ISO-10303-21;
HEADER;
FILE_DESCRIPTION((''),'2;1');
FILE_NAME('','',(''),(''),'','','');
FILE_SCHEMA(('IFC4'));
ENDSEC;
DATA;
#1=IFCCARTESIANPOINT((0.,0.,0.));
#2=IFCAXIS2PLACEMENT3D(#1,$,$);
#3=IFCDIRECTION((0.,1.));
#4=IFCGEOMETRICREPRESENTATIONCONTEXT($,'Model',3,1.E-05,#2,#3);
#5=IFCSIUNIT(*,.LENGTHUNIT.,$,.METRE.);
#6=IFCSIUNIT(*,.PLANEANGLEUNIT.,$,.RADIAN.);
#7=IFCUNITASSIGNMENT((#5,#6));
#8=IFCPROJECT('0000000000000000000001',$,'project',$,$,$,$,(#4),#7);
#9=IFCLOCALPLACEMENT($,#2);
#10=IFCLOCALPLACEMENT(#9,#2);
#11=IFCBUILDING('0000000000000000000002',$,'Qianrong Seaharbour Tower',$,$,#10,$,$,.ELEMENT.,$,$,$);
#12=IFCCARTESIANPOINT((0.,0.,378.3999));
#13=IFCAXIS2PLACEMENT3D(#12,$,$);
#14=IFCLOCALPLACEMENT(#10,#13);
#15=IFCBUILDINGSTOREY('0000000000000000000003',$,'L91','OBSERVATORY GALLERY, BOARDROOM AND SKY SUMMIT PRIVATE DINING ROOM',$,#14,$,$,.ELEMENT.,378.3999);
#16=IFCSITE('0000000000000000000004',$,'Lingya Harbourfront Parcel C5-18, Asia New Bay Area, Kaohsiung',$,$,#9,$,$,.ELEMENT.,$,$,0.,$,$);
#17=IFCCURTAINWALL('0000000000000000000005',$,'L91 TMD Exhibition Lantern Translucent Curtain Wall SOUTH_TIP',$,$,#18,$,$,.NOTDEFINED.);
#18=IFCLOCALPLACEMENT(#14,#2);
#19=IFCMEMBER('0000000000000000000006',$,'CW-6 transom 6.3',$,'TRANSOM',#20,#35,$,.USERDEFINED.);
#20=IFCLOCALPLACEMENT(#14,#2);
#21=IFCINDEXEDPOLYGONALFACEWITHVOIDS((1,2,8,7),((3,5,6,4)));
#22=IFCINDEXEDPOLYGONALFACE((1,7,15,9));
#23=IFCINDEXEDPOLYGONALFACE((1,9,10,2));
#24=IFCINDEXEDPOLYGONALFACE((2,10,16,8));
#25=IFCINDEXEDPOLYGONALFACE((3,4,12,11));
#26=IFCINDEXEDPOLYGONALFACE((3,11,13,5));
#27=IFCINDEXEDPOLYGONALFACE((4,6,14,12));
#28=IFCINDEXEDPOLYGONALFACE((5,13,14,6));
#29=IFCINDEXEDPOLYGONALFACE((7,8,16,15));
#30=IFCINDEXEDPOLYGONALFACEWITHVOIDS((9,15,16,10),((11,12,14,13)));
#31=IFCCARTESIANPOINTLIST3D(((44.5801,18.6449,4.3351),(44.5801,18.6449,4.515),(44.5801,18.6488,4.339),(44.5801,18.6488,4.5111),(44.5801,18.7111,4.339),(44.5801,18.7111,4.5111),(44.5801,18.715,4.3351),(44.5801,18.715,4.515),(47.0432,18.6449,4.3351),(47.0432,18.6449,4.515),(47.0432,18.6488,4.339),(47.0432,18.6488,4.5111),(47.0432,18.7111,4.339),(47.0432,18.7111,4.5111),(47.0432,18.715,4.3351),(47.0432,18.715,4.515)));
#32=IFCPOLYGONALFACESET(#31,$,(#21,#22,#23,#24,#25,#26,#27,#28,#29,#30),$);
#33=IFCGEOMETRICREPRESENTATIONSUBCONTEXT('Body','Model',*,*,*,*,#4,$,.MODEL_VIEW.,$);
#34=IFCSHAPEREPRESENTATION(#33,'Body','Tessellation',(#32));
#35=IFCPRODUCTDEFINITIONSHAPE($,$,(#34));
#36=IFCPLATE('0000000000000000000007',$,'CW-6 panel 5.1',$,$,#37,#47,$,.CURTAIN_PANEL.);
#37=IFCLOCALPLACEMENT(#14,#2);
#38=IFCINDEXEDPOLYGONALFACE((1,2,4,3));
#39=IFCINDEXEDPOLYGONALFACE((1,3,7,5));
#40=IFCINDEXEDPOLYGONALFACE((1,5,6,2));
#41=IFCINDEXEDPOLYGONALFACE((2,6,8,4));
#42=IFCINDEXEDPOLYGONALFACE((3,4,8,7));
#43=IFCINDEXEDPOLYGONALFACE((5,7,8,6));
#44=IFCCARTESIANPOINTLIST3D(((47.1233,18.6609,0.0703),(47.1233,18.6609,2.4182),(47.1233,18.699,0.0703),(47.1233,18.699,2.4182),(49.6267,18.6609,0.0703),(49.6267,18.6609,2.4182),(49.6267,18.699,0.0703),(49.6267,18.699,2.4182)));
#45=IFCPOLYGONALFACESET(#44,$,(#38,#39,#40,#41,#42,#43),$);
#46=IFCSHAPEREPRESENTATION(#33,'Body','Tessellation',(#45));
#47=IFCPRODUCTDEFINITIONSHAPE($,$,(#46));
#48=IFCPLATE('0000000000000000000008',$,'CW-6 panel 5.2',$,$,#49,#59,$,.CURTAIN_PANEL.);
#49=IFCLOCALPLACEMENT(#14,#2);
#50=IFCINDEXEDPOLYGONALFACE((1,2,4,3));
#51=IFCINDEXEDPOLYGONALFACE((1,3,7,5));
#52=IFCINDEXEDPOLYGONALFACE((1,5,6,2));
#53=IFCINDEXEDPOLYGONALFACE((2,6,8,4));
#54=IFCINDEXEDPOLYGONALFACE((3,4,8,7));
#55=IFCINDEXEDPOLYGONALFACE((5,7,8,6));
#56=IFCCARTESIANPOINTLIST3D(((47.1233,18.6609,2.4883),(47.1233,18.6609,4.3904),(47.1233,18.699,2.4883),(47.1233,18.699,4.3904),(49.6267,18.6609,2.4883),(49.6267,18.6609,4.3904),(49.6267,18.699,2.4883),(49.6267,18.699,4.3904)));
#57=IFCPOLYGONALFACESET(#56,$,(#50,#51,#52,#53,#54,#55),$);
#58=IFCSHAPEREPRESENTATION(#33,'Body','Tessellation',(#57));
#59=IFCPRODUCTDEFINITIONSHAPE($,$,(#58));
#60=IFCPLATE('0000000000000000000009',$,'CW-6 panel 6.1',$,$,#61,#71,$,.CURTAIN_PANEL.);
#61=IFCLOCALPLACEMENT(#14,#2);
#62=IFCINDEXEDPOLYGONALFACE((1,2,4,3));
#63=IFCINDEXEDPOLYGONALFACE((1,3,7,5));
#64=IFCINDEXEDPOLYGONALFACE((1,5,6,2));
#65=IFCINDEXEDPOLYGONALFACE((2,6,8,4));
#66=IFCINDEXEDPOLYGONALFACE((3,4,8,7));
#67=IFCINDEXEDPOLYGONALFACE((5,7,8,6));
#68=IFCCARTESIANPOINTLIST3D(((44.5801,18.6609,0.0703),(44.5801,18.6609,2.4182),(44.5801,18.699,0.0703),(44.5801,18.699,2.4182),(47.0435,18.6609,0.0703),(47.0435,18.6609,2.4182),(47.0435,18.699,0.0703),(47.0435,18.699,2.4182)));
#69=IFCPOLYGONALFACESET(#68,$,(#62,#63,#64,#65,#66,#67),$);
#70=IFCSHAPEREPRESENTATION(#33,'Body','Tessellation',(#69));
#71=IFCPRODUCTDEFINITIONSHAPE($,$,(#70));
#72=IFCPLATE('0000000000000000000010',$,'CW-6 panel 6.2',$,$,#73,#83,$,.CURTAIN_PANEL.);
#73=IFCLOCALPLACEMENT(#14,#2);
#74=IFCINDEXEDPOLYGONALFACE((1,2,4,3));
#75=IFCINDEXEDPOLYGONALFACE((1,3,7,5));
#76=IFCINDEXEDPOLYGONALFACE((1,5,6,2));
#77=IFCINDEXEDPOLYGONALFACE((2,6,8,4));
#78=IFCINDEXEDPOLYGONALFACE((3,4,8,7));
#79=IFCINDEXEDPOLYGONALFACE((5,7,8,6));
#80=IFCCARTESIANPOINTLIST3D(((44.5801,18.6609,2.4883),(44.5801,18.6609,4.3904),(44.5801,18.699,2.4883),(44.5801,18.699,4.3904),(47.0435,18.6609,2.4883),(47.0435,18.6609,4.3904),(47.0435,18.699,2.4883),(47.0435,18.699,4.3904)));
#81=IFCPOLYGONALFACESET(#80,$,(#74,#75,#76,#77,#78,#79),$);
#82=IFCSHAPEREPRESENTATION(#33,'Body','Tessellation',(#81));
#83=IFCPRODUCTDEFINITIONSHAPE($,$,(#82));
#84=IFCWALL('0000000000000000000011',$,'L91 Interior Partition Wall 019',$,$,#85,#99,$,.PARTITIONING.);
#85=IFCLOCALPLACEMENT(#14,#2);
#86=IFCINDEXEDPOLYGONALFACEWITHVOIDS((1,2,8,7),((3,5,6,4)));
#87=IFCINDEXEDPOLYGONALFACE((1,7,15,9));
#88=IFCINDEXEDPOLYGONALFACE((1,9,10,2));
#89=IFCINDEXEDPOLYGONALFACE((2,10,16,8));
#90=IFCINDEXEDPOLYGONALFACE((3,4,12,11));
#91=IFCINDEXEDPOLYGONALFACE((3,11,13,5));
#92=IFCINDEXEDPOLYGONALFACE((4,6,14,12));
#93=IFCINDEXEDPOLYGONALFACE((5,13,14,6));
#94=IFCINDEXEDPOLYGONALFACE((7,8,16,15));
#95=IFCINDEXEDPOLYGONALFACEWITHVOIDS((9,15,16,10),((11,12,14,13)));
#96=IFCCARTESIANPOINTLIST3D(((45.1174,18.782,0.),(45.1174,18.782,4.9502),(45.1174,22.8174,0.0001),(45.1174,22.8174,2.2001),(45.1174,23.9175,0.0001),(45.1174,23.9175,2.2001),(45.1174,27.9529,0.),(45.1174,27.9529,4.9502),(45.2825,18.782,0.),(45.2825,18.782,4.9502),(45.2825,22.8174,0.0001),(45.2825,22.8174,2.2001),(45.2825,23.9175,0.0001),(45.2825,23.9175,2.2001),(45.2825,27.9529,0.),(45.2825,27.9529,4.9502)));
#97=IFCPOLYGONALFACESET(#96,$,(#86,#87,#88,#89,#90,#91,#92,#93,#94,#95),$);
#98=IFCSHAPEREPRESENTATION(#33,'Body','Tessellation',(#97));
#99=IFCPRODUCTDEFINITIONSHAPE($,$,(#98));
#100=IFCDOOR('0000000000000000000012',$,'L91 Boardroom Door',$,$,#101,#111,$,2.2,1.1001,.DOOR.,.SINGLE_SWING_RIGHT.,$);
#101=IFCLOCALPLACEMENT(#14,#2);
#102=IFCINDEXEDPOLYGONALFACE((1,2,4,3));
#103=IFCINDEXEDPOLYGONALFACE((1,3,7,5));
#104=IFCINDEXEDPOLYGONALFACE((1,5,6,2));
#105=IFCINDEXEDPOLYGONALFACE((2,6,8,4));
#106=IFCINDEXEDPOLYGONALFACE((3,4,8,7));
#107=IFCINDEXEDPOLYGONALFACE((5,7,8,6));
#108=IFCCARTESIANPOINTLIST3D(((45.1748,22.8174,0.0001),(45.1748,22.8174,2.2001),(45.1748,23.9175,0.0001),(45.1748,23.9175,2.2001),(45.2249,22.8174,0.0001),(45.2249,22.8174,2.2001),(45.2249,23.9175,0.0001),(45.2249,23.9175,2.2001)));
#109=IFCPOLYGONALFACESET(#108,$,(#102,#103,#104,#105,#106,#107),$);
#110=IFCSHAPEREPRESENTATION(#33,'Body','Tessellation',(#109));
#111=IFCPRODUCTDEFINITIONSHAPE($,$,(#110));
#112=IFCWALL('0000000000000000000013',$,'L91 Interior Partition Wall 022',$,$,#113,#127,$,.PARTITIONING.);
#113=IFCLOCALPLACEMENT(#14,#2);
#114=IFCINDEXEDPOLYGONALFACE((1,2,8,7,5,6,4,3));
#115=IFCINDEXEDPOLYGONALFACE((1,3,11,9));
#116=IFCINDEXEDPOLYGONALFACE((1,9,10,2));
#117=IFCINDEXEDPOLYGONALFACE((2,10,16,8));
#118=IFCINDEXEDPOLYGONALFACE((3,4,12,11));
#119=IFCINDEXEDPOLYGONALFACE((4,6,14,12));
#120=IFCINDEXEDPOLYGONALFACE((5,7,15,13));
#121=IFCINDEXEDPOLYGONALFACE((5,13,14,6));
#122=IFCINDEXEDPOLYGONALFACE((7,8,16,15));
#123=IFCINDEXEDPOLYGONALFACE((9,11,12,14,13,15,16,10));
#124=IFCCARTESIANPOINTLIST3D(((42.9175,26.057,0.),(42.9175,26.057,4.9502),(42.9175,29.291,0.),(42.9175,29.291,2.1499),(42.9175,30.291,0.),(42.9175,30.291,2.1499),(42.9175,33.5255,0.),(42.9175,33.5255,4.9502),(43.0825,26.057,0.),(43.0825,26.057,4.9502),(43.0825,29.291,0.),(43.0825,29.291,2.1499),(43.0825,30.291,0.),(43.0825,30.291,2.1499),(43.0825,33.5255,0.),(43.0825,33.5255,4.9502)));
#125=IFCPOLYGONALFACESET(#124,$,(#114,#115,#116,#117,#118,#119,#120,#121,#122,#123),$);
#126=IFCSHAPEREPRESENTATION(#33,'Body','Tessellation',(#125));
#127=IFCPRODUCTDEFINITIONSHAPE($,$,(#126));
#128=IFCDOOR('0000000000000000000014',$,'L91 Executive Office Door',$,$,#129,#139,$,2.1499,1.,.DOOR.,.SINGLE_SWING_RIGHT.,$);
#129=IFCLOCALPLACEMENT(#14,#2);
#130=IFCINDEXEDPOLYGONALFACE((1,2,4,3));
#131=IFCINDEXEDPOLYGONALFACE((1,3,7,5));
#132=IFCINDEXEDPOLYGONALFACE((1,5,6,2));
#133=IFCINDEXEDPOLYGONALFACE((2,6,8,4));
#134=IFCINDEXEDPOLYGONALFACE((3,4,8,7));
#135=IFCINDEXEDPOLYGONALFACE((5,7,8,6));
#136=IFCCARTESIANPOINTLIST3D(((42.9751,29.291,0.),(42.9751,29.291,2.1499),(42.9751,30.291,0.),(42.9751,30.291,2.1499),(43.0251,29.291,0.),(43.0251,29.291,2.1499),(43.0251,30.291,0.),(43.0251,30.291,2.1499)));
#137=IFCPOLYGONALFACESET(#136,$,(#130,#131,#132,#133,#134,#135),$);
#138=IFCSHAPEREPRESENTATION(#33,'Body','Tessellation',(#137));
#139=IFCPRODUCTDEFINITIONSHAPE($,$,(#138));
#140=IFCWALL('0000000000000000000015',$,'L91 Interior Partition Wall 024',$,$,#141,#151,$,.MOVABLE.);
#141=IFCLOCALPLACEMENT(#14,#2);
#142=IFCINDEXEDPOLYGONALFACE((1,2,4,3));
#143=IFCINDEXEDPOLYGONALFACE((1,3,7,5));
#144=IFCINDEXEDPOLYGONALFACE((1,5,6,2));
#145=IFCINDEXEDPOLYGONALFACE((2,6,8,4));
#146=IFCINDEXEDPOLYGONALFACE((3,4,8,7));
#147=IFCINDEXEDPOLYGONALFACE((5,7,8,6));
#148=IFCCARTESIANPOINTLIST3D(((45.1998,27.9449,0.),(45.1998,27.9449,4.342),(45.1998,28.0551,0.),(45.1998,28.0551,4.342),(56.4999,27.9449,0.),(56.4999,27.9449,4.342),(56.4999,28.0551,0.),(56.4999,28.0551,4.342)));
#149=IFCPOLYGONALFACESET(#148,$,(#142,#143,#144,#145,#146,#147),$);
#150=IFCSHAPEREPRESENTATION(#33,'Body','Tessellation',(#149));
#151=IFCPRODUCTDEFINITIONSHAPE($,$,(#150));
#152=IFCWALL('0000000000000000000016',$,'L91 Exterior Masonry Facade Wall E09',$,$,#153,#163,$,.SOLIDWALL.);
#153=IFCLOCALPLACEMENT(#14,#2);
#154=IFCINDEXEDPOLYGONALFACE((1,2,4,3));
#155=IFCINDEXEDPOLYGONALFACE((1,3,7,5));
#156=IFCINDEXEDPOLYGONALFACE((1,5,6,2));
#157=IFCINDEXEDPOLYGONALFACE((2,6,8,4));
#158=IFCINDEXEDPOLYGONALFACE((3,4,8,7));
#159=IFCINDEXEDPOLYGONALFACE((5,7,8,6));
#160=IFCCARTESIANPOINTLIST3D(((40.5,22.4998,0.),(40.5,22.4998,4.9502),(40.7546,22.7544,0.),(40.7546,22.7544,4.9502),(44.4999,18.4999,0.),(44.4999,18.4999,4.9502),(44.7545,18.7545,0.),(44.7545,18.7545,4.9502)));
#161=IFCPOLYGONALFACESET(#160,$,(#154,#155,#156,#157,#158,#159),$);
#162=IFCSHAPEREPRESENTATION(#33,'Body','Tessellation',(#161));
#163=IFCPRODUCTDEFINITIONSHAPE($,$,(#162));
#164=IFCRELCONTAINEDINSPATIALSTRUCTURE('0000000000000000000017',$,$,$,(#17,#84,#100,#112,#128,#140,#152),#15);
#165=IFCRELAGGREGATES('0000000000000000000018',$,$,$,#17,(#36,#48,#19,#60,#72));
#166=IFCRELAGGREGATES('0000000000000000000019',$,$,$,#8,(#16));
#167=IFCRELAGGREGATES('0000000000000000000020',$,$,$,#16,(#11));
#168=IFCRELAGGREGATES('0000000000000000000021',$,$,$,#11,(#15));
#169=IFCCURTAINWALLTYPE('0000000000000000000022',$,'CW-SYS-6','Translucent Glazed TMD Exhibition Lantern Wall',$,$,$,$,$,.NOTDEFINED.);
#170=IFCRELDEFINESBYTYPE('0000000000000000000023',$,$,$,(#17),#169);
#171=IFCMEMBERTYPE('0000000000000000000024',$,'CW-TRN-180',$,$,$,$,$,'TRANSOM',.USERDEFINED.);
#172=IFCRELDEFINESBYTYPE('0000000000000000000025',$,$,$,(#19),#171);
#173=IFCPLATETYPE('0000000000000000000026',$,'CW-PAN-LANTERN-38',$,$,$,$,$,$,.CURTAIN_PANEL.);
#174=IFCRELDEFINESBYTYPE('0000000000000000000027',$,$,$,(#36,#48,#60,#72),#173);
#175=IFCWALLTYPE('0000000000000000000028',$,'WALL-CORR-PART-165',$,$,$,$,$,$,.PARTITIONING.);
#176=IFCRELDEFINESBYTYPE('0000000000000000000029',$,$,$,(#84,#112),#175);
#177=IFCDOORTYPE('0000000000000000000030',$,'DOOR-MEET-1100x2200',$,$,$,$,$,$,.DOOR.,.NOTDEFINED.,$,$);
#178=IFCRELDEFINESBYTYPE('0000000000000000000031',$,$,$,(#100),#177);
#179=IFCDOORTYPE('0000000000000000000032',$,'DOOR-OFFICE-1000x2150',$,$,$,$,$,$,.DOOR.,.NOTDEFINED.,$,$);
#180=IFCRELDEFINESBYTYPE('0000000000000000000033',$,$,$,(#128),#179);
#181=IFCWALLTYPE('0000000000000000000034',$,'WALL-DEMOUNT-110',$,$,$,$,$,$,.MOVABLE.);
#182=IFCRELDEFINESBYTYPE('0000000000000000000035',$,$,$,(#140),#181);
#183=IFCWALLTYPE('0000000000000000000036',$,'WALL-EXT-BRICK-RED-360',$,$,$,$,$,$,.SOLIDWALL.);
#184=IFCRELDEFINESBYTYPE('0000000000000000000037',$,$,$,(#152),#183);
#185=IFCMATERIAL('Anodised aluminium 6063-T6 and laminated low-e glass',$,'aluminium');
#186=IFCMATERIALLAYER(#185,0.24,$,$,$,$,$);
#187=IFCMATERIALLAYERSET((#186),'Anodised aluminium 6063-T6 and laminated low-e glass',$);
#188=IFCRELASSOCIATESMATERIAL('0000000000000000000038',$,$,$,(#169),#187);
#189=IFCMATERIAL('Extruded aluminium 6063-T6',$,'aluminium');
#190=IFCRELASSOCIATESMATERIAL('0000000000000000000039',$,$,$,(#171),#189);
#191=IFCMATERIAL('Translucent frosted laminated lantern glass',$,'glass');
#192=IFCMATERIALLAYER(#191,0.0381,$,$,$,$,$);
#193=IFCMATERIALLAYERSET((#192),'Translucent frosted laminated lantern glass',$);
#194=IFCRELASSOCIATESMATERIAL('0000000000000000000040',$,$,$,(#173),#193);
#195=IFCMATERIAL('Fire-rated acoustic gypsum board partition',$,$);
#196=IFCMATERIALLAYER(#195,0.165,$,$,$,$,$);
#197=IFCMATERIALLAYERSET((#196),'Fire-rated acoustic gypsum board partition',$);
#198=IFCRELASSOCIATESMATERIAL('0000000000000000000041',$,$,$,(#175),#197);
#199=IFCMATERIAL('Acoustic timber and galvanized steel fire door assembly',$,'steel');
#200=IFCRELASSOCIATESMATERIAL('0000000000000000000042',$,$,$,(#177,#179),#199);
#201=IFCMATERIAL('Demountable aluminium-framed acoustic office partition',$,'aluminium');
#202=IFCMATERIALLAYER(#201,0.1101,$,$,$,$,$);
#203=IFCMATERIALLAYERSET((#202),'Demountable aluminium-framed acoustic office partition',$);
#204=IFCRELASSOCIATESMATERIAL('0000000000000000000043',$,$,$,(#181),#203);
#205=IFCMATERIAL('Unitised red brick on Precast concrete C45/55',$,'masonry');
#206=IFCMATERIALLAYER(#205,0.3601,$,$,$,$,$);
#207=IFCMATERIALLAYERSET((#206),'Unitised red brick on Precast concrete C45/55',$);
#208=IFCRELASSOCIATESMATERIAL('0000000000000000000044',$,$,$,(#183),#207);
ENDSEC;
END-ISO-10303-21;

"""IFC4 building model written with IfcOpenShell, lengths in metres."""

from ifc_helpers import new_model, si_unit, direction, frame, frame_2d, origin, origin_2d, place, context, subcontext, project, spatial, rectangle, hollow_rectangle, extrude, material, layer, layer_set, material_profile, profile_set, type_object, element, fill, aggregate, save


model = new_model("IFC4")

# Units and contexts
model_context = context("Model", 3, precision=1e-05, world=origin(), true_north=direction((0.0, 1.0)))
body_context = subcontext(model_context, "Body", "Model", "MODEL_VIEW")
ifc_project = project(units=[si_unit("LENGTHUNIT", "METRE"), si_unit("PLANEANGLEUNIT", "RADIAN")], contexts=[model_context])

# Site, building, storey
site_placement = place(None, origin())
site = spatial("IfcSite", under=ifc_project, at=site_placement, Name="Lingya Harbourfront Parcel C5-18, Asia New Bay Area, Kaohsiung", CompositionType="ELEMENT", RefElevation=0.0)
building_placement = place(site_placement, origin())
building = spatial("IfcBuilding", under=site, at=building_placement, Name="Qianrong Seaharbour Tower", CompositionType="ELEMENT")
storey_placement = place(building_placement, frame((0.0, 0.0, 378.3999)))
storey = spatial("IfcBuildingStorey", under=building, at=storey_placement, Name="L91", Description="OBSERVATORY GALLERY, BOARDROOM AND SKY SUMMIT PRIVATE DINING ROOM", CompositionType="ELEMENT", Elevation=378.3999)

# Curtain wall, member, plates
ifc_material_1 = material(Name="Anodised aluminium 6063-T6 and laminated low-e glass", Category="aluminium")
ifc_layer_1 = layer(ifc_material_1, 0.24)
ifc_layer_set_1 = layer_set([ifc_layer_1], Name="Anodised aluminium 6063-T6 and laminated low-e glass")
curtain_wall_type = type_object("IfcCurtainWallType", Name="CW-SYS-6", Description="Translucent Glazed TMD Exhibition Lantern Wall", PredefinedType="NOTDEFINED", material=ifc_layer_set_1)
curtain_wall_placement = place(storey_placement, origin())
curtain_wall = element("IfcCurtainWall", 1, at=curtain_wall_placement, inside=storey, type_object=curtain_wall_type, Name="L91 TMD Exhibition Lantern Translucent Curtain Wall SOUTH_TIP", PredefinedType="NOTDEFINED")
ifc_material_2 = material(Name="Extruded aluminium 6063-T6", Category="aluminium")
ifc_material_profile_1 = material_profile(ifc_material_2, hollow_rectangle(XDim=0.0701, YDim=0.1799, WallThickness=0.0039, at=origin_2d()), Name="ALU-TRN-180x70x4")
ifc_profile_set_1 = profile_set([ifc_material_profile_1], Name="Extruded aluminium 6063-T6")
member_type_1 = type_object("IfcMemberType", Name="CW-TRN-180", ElementType="TRANSOM", PredefinedType="USERDEFINED", material=ifc_profile_set_1)
member_1_placement = place(storey_placement, frame((47.0432, 18.6799, 4.425), z_axis=(-1.0, 0.0, 0.0), x_axis=(0.0, -1.0, 0.0)))
member_1 = element("IfcMember", 2, at=member_1_placement, type_object=member_type_1, Name="CW-6 transom 6.3", ObjectType="TRANSOM", PredefinedType="USERDEFINED", context=body_context, shape_type="SweptSolid", body=[
    extrude(hollow_rectangle(XDim=0.0701, YDim=0.1799, WallThickness=0.0039, at=origin_2d()), origin(), (0.0, 0.0, 1.0), 2.4631),
])
ifc_material_3 = material(Name="Translucent frosted laminated lantern glass", Category="glass")
ifc_layer_2 = layer(ifc_material_3, 0.0381)
ifc_layer_set_2 = layer_set([ifc_layer_2], Name="Translucent frosted laminated lantern glass")
plate_type = type_object("IfcPlateType", Name="CW-PAN-LANTERN-38", PredefinedType="CURTAIN_PANEL", material=ifc_layer_set_2)
plate_1_placement = place(storey_placement, frame((48.375, 18.6799, 0.0703), z_axis=(0.0, 0.0, 1.0), x_axis=(-1.0, 0.0, 0.0)))
plate_1 = element("IfcPlate", 3, at=plate_1_placement, type_object=plate_type, Name="CW-6 panel 5.1", PredefinedType="CURTAIN_PANEL", context=body_context, shape_type="SweptSolid", body=[
    extrude(rectangle(XDim=2.5034, YDim=0.0381, at=origin_2d()), origin(), (0.0, 0.0, 1.0), 2.3479),
])
plate_2_placement = place(storey_placement, frame((48.375, 18.6799, 2.4883), z_axis=(0.0, 0.0, 1.0), x_axis=(-1.0, 0.0, 0.0)))
plate_2 = element("IfcPlate", 4, at=plate_2_placement, type_object=plate_type, Name="CW-6 panel 5.2", PredefinedType="CURTAIN_PANEL", context=body_context, shape_type="SweptSolid", body=[
    extrude(rectangle(XDim=2.5034, YDim=0.0381, at=origin_2d()), origin(), (0.0, 0.0, 1.0), 1.9021),
])
plate_3_placement = place(storey_placement, frame((45.8118, 18.6799, 0.0703), z_axis=(0.0, 0.0, 1.0), x_axis=(-1.0, 0.0, 0.0)))
plate_3 = element("IfcPlate", 5, at=plate_3_placement, type_object=plate_type, Name="CW-6 panel 6.1", PredefinedType="CURTAIN_PANEL", context=body_context, shape_type="SweptSolid", body=[
    extrude(rectangle(XDim=2.4634, YDim=0.0381, at=origin_2d()), origin(), (0.0, 0.0, 1.0), 2.3479),
])
plate_4_placement = place(storey_placement, frame((45.8118, 18.6799, 2.4883), z_axis=(0.0, 0.0, 1.0), x_axis=(-1.0, 0.0, 0.0)))
plate_4 = element("IfcPlate", 6, at=plate_4_placement, type_object=plate_type, Name="CW-6 panel 6.2", PredefinedType="CURTAIN_PANEL", context=body_context, shape_type="SweptSolid", body=[
    extrude(rectangle(XDim=2.4634, YDim=0.0381, at=origin_2d()), origin(), (0.0, 0.0, 1.0), 1.9021),
])
aggregate(curtain_wall, [plate_1, plate_2, member_1, plate_3, plate_4])

# Walls, openings, doors
ifc_material_4 = material(Name="Fire-rated acoustic gypsum board partition")
ifc_layer_3 = layer(ifc_material_4, 0.165)
ifc_layer_set_3 = layer_set([ifc_layer_3], Name="Fire-rated acoustic gypsum board partition")
wall_type_1 = type_object("IfcWallType", Name="WALL-CORR-PART-165", PredefinedType="PARTITIONING", material=ifc_layer_set_3)
wall_1_placement = place(storey_placement, frame((45.2, 27.9529, 0.0), z_axis=(0.0, 0.0, 1.0), x_axis=(0.0, -1.0, 0.0)))
wall_1 = element("IfcWall", 7, at=wall_1_placement, inside=storey, type_object=wall_type_1, Name="L91 Interior Partition Wall 019", PredefinedType="PARTITIONING", context=body_context, shape_type="SweptSolid", body=[
    extrude(rectangle(XDim=9.1709, YDim=0.165, at=frame_2d((4.5854, 0.0))), origin(), (0.0, 0.0, 1.0), 4.9502),
])
opening_1_placement = place(wall_1_placement, frame((4.0354, 0.0, 0.0)))
opening_1 = element("IfcOpeningElement", 8, at=opening_1_placement, cuts=wall_1, PredefinedType="OPENING", context=body_context, shape_type="SweptSolid", body=[
    extrude(rectangle(XDim=1.1001, YDim=2.2, at=frame_2d((0.55, 1.1001))), frame((0.0, 0.0925, 0.0), z_axis=(0.0, -1.0, 0.0), x_axis=(1.0, 0.0, 0.0)), (0.0, 0.0, 1.0), 0.1851),
])
ifc_material_5 = material(Name="Acoustic timber and galvanized steel fire door assembly", Category="steel")
door_type_1 = type_object("IfcDoorType", Name="DOOR-MEET-1100x2200", OperationType="NOTDEFINED", PredefinedType="DOOR", material=ifc_material_5)
door_1_placement = place(opening_1_placement, origin())
door_1 = element("IfcDoor", 9, at=door_1_placement, inside=storey, type_object=door_type_1, Name="L91 Boardroom Door", OperationType="SINGLE_SWING_RIGHT", OverallHeight=2.2, OverallWidth=1.1001, PredefinedType="DOOR", context=body_context, shape_type="SweptSolid", body=[
    extrude(rectangle(XDim=1.1001, YDim=2.2, at=frame_2d((0.55, 1.1001))), frame((0.0, 0.0249, 0.0), z_axis=(0.0, -1.0, 0.0), x_axis=(1.0, 0.0, 0.0)), (0.0, 0.0, 1.0), 0.05),
])
fill(opening_1, door_1)
wall_2_placement = place(storey_placement, frame((43.0, 26.0569, 0.0), z_axis=(0.0, 0.0, 1.0), x_axis=(0.0, 1.0, 0.0)))
wall_2 = element("IfcWall", 10, at=wall_2_placement, inside=storey, type_object=wall_type_1, Name="L91 Interior Partition Wall 022", PredefinedType="PARTITIONING", context=body_context, shape_type="SweptSolid", body=[
    extrude(rectangle(XDim=7.4685, YDim=0.165, at=frame_2d((3.7344, 0.0))), origin(), (0.0, 0.0, 1.0), 4.9502),
])
opening_2_placement = place(wall_2_placement, frame((3.2341, 0.0, 0.0)))
opening_2 = element("IfcOpeningElement", 11, at=opening_2_placement, cuts=wall_2, PredefinedType="OPENING", context=body_context, shape_type="SweptSolid", body=[
    extrude(rectangle(XDim=1.0, YDim=2.1499, at=frame_2d((0.5, 1.075))), frame((0.0, 0.0925, 0.0), z_axis=(0.0, -1.0, 0.0), x_axis=(1.0, 0.0, 0.0)), (0.0, 0.0, 1.0), 0.1851),
])
door_type_2 = type_object("IfcDoorType", Name="DOOR-OFFICE-1000x2150", OperationType="NOTDEFINED", PredefinedType="DOOR", material=ifc_material_5)
door_2_placement = place(opening_2_placement, origin())
door_2 = element("IfcDoor", 12, at=door_2_placement, inside=storey, type_object=door_type_2, Name="L91 Executive Office Door", OperationType="SINGLE_SWING_RIGHT", OverallHeight=2.1499, OverallWidth=1.0, PredefinedType="DOOR", context=body_context, shape_type="SweptSolid", body=[
    extrude(rectangle(XDim=1.0, YDim=2.1499, at=frame_2d((0.5, 1.075))), frame((0.0, 0.0249, 0.0), z_axis=(0.0, -1.0, 0.0), x_axis=(1.0, 0.0, 0.0)), (0.0, 0.0, 1.0), 0.05),
])
fill(opening_2, door_2)

# Walls
ifc_material_6 = material(Name="Demountable aluminium-framed acoustic office partition", Category="aluminium")
ifc_layer_4 = layer(ifc_material_6, 0.1101)
ifc_layer_set_4 = layer_set([ifc_layer_4], Name="Demountable aluminium-framed acoustic office partition")
wall_type_2 = type_object("IfcWallType", Name="WALL-DEMOUNT-110", PredefinedType="MOVABLE", material=ifc_layer_set_4)
wall_3_placement = place(storey_placement, frame((45.2, 28.0, 0.0), z_axis=(0.0, 0.0, 1.0), x_axis=(1.0, 0.0, 0.0)))
element("IfcWall", 13, at=wall_3_placement, inside=storey, type_object=wall_type_2, Name="L91 Interior Partition Wall 024", PredefinedType="MOVABLE", context=body_context, shape_type="SweptSolid", body=[
    extrude(rectangle(XDim=11.3, YDim=0.1101, at=frame_2d((5.6499, 0.0))), origin(), (0.0, 0.0, 1.0), 4.342),
])
ifc_material_7 = material(Name="Unitised red brick on Precast concrete C45/55", Category="masonry")
ifc_layer_5 = layer(ifc_material_7, 0.3601)
ifc_layer_set_5 = layer_set([ifc_layer_5], Name="Unitised red brick on Precast concrete C45/55")
wall_type_3 = type_object("IfcWallType", Name="WALL-EXT-BRICK-RED-360", PredefinedType="SOLIDWALL", material=ifc_layer_set_5)
wall_4_placement = place(storey_placement, frame((44.6272, 18.6272, 0.0), z_axis=(0.0, 0.0, 1.0), x_axis=(-0.707107, 0.707107, 0.0)))
element("IfcWall", 14, at=wall_4_placement, inside=storey, type_object=wall_type_3, Name="L91 Exterior Masonry Facade Wall E09", PredefinedType="SOLIDWALL", context=body_context, shape_type="SweptSolid", body=[
    extrude(rectangle(XDim=5.6567, YDim=0.3601, at=frame_2d((2.8284, 0.0))), origin(), (0.0, 0.0, 1.0), 4.9502),
])

save(model, "model.ifc")
